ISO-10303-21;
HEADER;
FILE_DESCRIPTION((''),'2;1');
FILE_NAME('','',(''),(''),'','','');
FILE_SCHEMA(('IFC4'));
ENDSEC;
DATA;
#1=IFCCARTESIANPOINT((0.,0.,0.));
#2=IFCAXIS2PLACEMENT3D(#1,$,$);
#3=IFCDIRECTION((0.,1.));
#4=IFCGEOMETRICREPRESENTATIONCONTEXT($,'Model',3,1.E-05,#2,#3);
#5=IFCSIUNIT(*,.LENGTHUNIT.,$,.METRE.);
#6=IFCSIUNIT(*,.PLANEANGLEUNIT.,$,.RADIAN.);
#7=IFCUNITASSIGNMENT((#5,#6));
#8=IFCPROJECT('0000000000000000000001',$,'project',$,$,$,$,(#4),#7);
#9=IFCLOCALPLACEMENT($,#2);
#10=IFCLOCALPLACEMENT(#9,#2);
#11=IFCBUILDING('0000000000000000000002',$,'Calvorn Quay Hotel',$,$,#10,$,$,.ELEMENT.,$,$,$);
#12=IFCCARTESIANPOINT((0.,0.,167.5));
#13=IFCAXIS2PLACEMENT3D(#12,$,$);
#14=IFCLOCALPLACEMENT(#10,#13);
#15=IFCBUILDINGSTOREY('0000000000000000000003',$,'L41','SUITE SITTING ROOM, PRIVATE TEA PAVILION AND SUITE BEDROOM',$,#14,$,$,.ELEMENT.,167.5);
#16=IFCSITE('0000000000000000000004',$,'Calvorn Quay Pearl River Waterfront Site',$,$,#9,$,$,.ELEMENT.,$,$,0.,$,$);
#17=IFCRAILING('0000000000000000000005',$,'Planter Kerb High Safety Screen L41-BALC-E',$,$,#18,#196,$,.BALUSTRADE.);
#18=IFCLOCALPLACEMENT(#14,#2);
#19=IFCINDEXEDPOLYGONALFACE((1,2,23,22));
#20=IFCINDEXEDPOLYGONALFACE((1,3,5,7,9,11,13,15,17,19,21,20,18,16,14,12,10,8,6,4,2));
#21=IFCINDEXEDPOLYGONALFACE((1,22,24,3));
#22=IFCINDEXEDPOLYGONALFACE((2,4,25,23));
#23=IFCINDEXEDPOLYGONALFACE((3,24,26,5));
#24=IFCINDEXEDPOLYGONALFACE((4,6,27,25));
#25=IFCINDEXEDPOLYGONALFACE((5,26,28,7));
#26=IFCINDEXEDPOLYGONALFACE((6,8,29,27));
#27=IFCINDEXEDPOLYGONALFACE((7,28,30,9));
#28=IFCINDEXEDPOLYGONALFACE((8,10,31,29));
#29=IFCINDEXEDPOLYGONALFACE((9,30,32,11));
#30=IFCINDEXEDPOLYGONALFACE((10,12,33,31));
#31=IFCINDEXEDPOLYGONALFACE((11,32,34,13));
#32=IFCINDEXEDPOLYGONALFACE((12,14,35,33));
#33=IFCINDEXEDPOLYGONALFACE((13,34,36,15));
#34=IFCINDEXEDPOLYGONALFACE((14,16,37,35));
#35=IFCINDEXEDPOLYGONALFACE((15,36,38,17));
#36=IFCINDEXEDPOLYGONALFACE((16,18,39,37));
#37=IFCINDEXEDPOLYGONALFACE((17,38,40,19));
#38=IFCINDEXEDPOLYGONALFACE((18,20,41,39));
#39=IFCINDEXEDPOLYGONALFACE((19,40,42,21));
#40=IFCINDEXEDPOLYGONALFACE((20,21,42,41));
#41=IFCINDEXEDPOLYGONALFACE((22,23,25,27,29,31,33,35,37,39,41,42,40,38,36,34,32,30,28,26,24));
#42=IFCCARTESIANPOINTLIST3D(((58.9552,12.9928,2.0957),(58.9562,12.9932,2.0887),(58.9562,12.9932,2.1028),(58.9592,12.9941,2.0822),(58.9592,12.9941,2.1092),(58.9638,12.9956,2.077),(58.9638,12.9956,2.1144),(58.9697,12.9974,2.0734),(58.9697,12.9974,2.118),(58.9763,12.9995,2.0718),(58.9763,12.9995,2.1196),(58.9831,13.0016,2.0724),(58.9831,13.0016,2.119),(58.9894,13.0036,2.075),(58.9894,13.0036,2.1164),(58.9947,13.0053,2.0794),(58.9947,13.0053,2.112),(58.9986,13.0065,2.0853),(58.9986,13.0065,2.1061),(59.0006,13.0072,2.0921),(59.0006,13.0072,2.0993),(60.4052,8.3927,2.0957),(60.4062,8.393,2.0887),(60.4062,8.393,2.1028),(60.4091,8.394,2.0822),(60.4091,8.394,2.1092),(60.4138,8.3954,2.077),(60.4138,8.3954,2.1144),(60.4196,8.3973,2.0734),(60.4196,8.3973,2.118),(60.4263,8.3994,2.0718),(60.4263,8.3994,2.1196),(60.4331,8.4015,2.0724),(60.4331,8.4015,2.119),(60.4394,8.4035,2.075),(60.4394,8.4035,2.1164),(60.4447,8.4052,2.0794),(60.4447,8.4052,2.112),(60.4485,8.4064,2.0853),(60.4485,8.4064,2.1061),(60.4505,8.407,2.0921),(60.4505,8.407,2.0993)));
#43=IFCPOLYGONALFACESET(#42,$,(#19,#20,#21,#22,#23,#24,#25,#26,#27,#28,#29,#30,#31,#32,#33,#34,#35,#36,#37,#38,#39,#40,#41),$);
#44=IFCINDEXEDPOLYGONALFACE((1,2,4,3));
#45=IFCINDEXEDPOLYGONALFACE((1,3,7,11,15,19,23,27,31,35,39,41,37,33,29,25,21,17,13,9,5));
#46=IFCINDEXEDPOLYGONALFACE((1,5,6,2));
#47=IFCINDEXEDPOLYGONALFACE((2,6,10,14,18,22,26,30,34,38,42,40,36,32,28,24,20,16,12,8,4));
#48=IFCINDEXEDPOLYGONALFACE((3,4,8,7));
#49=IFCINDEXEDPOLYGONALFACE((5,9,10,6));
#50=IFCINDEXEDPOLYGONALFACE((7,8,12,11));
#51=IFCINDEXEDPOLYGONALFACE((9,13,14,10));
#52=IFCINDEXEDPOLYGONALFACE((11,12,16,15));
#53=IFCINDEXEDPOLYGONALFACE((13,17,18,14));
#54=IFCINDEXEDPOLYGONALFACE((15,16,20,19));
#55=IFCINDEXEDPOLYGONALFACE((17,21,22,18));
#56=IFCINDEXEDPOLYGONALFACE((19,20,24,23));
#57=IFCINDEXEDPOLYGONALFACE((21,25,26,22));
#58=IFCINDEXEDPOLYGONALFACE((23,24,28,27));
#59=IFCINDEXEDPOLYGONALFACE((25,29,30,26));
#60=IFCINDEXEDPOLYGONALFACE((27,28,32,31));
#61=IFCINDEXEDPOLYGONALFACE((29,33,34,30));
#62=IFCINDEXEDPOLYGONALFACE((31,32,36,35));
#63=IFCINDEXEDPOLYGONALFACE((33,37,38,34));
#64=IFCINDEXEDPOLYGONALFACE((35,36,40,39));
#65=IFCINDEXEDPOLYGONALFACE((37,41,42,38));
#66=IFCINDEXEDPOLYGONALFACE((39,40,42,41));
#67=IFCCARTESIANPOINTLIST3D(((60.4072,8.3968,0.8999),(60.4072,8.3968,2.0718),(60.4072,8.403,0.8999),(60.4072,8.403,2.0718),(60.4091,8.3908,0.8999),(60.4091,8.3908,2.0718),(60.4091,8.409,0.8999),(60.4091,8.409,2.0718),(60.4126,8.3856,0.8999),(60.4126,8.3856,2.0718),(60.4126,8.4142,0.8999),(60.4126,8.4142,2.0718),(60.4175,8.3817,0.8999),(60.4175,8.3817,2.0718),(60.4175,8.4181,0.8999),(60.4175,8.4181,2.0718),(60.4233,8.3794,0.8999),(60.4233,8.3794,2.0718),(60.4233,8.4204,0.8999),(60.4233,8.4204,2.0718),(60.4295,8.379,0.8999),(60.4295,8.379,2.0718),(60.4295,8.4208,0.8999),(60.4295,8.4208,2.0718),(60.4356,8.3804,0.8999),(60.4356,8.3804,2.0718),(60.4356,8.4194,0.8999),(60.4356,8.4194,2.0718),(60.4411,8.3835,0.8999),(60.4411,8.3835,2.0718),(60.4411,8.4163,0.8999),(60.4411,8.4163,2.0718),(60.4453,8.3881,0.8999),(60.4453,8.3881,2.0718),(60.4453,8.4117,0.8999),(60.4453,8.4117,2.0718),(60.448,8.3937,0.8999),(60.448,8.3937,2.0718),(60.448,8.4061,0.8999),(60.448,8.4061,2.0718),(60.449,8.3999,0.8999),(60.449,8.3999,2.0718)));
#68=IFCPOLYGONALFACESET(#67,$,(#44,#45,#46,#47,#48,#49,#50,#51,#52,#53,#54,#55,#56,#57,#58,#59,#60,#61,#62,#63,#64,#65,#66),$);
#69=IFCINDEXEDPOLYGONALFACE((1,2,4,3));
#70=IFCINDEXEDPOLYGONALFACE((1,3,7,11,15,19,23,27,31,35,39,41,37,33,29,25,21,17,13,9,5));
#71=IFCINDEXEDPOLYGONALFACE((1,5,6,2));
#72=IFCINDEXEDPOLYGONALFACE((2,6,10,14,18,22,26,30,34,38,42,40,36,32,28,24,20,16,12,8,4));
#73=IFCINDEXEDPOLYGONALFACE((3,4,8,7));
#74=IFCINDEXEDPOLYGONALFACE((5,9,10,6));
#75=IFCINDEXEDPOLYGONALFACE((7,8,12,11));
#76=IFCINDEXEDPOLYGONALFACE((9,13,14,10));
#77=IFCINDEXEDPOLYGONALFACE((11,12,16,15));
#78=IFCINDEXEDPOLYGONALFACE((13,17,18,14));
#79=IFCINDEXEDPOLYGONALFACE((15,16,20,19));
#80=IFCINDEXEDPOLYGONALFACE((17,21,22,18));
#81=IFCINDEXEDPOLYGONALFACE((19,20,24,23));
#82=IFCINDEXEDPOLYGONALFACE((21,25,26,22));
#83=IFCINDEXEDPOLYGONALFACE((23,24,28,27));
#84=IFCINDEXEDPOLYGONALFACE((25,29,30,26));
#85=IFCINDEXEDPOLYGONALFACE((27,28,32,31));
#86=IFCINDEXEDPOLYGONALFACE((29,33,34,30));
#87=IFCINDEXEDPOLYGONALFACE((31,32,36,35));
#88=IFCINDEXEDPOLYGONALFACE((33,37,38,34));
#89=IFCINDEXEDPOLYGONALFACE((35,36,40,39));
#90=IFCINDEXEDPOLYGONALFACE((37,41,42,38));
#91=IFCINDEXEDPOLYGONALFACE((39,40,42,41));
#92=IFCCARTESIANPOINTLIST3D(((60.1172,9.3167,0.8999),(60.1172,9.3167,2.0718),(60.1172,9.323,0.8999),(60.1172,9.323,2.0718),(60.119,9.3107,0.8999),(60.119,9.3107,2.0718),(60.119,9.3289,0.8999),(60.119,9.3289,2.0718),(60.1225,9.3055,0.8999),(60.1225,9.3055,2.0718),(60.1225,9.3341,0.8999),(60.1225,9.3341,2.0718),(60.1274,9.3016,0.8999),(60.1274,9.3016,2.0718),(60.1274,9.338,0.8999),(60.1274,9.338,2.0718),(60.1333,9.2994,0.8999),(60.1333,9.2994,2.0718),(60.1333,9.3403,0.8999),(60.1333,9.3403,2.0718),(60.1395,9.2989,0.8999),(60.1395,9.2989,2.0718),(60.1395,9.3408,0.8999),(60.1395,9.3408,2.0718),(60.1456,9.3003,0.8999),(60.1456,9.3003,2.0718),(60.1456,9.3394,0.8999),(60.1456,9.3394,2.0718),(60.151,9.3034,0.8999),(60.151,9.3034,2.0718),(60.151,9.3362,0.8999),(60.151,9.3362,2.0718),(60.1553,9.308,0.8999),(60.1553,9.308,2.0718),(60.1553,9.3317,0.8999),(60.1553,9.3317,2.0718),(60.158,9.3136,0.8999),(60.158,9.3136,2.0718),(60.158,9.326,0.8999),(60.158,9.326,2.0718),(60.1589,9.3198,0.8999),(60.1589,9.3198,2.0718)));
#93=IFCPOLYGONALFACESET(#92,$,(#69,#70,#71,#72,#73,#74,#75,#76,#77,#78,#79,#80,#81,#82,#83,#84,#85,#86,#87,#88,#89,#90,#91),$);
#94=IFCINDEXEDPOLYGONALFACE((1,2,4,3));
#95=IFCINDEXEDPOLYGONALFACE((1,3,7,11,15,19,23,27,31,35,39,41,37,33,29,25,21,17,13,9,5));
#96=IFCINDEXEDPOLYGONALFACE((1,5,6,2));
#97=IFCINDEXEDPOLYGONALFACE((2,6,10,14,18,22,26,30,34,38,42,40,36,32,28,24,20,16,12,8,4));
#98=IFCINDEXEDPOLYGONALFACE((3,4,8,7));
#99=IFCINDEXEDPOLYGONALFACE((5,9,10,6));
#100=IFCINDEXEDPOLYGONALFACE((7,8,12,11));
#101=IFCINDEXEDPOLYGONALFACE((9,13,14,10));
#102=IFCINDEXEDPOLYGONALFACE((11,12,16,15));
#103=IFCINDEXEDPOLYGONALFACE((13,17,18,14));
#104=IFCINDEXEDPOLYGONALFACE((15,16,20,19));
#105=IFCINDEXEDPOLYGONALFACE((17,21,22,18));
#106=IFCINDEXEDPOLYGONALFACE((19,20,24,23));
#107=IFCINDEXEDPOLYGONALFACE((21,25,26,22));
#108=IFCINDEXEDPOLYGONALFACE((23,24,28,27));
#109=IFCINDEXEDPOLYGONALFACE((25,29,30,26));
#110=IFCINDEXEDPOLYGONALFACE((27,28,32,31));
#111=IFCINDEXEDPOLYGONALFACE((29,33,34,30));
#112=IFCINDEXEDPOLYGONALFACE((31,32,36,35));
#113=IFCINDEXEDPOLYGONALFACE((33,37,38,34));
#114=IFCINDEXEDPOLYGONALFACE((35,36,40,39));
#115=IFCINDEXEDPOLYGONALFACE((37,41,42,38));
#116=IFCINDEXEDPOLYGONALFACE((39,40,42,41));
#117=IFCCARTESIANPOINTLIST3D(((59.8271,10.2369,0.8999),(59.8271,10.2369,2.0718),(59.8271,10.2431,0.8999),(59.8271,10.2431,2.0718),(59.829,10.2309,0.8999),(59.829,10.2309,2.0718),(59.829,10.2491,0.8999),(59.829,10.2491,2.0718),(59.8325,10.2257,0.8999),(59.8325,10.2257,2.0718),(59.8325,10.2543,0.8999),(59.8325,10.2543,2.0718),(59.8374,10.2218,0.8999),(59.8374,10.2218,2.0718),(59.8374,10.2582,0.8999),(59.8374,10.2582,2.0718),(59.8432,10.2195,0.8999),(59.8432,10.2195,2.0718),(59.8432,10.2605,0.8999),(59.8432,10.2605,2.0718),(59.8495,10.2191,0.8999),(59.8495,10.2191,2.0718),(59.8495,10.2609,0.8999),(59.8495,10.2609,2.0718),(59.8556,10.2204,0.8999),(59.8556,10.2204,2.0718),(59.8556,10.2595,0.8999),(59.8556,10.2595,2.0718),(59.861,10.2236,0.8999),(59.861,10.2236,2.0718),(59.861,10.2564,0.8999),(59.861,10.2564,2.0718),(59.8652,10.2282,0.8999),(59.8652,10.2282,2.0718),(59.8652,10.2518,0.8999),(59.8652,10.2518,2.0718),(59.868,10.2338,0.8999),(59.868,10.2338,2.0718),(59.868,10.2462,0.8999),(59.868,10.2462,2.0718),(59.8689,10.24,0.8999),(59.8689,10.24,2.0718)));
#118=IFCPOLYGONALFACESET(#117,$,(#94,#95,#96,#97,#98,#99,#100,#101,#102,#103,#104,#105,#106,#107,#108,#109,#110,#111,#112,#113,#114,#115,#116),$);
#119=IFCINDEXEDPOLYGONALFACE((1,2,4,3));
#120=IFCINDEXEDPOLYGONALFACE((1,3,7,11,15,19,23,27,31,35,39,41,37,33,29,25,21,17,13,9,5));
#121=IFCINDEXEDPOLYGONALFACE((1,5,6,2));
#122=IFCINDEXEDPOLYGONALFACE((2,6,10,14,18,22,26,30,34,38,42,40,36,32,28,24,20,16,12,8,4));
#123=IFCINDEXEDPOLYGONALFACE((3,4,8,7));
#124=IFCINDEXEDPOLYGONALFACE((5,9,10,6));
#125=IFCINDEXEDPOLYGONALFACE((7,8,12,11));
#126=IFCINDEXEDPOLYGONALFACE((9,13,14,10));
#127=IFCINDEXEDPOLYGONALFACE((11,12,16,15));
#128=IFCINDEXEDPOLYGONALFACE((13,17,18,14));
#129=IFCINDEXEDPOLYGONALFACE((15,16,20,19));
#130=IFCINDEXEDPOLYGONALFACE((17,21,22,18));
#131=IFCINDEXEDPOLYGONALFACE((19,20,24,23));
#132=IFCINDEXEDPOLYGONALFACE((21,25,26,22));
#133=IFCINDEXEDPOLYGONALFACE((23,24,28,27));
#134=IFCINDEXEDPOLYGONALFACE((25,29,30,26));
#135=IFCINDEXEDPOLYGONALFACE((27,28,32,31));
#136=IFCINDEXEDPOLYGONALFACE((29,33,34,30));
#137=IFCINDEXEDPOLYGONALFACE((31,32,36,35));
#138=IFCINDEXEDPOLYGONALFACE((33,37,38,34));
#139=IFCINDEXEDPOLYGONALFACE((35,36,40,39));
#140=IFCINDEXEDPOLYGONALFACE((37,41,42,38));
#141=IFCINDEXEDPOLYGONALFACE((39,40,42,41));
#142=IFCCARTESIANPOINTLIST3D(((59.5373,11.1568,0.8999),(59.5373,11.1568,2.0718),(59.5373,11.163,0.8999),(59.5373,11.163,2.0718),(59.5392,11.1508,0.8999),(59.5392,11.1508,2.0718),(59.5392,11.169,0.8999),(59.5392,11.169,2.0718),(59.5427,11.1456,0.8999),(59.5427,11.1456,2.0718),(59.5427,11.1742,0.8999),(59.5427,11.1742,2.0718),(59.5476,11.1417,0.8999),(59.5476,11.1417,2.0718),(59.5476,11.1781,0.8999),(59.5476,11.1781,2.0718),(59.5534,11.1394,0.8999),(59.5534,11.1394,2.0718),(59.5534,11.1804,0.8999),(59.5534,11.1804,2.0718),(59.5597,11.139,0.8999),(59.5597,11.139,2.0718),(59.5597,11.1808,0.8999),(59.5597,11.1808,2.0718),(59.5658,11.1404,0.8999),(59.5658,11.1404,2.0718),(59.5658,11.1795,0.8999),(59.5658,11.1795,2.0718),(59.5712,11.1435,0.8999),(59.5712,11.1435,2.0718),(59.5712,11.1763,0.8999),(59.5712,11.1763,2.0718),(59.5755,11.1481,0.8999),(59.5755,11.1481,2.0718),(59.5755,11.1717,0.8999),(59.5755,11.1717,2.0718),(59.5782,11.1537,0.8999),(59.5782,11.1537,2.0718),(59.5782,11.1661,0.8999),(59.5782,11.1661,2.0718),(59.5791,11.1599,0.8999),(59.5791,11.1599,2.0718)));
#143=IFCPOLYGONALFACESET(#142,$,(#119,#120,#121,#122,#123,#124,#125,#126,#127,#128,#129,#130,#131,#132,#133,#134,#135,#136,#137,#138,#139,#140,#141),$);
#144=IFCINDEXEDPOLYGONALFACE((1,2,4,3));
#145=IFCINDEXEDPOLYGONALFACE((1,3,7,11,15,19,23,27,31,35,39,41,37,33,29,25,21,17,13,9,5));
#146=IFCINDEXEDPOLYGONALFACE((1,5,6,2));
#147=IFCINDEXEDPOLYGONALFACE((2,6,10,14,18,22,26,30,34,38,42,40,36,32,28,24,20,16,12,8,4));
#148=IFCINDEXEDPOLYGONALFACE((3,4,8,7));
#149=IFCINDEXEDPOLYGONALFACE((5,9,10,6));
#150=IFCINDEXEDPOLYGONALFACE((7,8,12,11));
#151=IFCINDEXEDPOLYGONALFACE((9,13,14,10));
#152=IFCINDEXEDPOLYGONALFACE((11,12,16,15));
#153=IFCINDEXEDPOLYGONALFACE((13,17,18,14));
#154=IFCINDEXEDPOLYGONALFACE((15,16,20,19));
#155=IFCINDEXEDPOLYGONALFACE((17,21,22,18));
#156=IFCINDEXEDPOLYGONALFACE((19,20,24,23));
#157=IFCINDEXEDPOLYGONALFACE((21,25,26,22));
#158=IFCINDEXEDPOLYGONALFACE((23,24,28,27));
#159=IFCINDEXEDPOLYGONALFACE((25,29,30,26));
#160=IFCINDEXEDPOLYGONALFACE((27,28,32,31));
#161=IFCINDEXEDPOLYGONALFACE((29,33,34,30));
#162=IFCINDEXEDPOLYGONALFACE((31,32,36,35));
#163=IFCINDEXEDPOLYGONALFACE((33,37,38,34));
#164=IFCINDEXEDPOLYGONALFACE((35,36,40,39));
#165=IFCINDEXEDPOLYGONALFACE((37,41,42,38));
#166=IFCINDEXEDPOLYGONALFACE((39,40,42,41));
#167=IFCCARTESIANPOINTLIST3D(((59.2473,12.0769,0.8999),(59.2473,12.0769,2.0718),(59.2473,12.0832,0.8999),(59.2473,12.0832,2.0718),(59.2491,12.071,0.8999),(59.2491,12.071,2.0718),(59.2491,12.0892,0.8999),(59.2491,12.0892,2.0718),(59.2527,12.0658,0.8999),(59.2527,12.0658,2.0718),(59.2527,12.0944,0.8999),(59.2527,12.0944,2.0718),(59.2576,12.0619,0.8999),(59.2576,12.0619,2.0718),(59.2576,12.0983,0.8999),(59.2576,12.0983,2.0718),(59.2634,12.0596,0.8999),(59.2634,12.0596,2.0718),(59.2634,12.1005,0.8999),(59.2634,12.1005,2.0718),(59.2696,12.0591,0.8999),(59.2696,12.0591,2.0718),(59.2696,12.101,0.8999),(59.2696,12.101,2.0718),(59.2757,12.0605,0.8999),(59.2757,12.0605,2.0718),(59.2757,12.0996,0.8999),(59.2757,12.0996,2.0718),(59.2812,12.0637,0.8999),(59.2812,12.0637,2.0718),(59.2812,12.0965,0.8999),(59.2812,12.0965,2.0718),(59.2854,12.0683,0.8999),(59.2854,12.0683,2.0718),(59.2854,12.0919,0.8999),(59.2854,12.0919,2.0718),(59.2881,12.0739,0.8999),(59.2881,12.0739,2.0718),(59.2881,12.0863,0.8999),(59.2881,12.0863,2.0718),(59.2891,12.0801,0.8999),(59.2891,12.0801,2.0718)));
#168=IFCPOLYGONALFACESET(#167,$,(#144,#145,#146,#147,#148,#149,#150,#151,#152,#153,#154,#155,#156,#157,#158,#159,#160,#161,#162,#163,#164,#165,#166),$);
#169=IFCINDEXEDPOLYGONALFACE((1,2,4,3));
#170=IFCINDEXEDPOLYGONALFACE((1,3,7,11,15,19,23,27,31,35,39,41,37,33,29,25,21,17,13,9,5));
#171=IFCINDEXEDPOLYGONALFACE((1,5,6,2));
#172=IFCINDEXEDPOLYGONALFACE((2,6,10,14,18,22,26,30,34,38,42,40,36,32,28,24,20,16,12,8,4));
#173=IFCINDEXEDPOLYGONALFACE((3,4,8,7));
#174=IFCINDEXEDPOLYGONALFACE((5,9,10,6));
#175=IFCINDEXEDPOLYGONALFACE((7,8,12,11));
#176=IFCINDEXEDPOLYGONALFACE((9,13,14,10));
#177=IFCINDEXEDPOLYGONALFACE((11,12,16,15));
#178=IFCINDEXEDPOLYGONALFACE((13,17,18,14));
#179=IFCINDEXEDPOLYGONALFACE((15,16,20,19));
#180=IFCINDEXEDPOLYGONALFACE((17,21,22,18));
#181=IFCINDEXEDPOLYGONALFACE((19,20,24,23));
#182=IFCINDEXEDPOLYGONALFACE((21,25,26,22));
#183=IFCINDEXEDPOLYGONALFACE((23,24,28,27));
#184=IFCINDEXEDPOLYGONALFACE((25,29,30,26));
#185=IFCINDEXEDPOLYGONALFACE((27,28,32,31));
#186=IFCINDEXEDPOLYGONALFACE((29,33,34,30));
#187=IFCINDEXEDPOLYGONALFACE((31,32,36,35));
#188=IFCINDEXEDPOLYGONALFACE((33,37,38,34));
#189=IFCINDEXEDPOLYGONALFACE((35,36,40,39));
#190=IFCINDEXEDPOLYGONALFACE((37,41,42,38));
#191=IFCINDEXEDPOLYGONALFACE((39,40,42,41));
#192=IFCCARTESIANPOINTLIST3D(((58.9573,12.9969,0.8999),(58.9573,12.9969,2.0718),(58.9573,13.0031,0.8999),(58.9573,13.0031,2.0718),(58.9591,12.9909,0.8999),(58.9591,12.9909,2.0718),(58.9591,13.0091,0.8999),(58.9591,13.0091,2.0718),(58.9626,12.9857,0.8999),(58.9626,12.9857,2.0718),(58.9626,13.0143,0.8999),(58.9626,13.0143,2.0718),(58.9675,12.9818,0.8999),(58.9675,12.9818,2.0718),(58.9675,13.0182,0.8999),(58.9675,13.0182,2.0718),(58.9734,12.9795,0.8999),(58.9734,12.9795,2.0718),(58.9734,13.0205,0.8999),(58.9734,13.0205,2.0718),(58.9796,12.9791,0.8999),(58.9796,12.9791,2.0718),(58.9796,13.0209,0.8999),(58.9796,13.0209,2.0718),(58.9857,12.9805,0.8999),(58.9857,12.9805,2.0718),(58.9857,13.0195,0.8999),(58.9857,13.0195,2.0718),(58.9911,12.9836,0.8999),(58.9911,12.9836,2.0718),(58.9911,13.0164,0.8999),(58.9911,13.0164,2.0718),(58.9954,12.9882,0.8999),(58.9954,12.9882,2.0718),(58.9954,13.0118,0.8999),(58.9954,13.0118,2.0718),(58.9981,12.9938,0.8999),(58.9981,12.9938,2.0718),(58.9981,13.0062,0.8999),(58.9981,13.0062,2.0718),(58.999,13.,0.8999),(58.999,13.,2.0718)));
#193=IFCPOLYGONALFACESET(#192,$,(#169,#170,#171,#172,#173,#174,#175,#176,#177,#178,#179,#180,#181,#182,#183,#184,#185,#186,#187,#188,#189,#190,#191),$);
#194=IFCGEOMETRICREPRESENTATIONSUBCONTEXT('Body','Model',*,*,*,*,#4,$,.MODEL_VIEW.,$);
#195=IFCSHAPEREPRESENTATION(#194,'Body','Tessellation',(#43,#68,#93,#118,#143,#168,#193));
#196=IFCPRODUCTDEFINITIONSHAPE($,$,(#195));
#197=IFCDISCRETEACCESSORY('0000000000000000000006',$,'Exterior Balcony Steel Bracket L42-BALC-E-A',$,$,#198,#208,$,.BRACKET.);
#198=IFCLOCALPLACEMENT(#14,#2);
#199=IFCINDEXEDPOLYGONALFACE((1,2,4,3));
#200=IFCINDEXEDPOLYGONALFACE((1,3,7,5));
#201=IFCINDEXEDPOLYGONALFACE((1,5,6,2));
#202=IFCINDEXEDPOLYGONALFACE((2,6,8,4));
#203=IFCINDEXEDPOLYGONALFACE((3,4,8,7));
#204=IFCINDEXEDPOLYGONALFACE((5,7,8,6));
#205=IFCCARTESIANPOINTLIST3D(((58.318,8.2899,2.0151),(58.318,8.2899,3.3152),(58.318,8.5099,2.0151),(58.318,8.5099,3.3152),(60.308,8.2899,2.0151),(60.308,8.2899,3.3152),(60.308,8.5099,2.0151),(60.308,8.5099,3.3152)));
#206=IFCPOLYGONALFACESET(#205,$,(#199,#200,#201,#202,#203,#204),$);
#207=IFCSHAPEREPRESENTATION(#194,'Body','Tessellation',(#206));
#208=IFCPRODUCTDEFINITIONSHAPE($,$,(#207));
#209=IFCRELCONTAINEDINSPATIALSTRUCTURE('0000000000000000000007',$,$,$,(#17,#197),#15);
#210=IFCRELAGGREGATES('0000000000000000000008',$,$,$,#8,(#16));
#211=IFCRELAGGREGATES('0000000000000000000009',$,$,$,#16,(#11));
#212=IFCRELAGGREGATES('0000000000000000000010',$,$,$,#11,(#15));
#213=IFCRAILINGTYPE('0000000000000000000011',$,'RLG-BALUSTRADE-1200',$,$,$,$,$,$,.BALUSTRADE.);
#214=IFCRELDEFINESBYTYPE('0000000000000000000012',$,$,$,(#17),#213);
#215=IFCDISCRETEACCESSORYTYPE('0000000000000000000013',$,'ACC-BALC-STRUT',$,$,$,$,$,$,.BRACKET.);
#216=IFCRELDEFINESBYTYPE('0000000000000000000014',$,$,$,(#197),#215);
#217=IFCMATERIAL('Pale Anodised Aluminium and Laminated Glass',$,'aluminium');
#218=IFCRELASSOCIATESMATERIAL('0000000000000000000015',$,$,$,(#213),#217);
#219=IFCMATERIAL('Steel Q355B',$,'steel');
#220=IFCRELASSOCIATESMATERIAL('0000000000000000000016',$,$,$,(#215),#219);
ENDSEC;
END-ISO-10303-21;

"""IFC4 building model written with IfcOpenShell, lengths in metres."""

from ifc_helpers import new_model, si_unit, direction, frame, origin, origin_2d, place, context, subcontext, project, spatial, rectangle, circle, extrude, material, type_object, element, save


model = new_model("IFC4")

# Units and contexts
model_context = context("Model", 3, precision=1e-05, world=origin(), true_north=direction((0.0, 1.0)))
body_context = subcontext(model_context, "Body", "Model", "MODEL_VIEW")
ifc_project = project(units=[si_unit("LENGTHUNIT", "METRE"), si_unit("PLANEANGLEUNIT", "RADIAN")], contexts=[model_context])

# Site, building, storey
site_placement = place(None, origin())
site = spatial("IfcSite", under=ifc_project, at=site_placement, Name="Calvorn Quay Pearl River Waterfront Site", CompositionType="ELEMENT", RefElevation=0.0)
building_placement = place(site_placement, origin())
building = spatial("IfcBuilding", under=site, at=building_placement, Name="Calvorn Quay Hotel", CompositionType="ELEMENT")
storey_placement = place(building_placement, frame((0.0, 0.0, 167.5)))
storey = spatial("IfcBuildingStorey", under=building, at=storey_placement, Name="L41", Description="SUITE SITTING ROOM, PRIVATE TEA PAVILION AND SUITE BEDROOM", CompositionType="ELEMENT", Elevation=167.5)

# Railing
ifc_material_1 = material(Name="Pale Anodised Aluminium and Laminated Glass", Category="aluminium")
railing_type = type_object("IfcRailingType", Name="RLG-BALUSTRADE-1200", PredefinedType="BALUSTRADE", material=ifc_material_1)
railing_1_placement = place(storey_placement, frame((60.428, 8.3999, 0.8999)))
element("IfcRailing", 1, at=railing_1_placement, inside=storey, type_object=railing_type, Name="Planter Kerb High Safety Screen L41-BALC-E", PredefinedType="BALUSTRADE", context=body_context, shape_type="SweptSolid", body=[
    extrude(circle(Radius=0.0239, at=origin_2d()), frame((0.0, 0.0, 1.1958), z_axis=(-0.30062, 0.953744, 0.0), x_axis=(-0.953744, -0.30062, 0.0)), (0.0, 0.0, 1.0), 4.8232),
    extrude(circle(Radius=0.021, at=origin_2d()), origin(), (0.0, 0.0, 1.0), 1.1719),
    extrude(circle(Radius=0.021, at=origin_2d()), frame((-0.29, 0.9199, 0.0)), (0.0, 0.0, 1.0), 1.1719),
    extrude(circle(Radius=0.021, at=origin_2d()), frame((-0.5801, 1.8401, 0.0)), (0.0, 0.0, 1.0), 1.1719),
    extrude(circle(Radius=0.021, at=origin_2d()), frame((-0.8699, 2.76, 0.0)), (0.0, 0.0, 1.0), 1.1719),
    extrude(circle(Radius=0.021, at=origin_2d()), frame((-1.1599, 3.6802, 0.0)), (0.0, 0.0, 1.0), 1.1719),
    extrude(circle(Radius=0.021, at=origin_2d()), frame((-1.45, 4.6001, 0.0)), (0.0, 0.0, 1.0), 1.1719),
])

# Discrete accessory
ifc_material_2 = material(Name="Steel Q355B", Category="steel")
discrete_accessory_type = type_object("IfcDiscreteAccessoryType", Name="ACC-BALC-STRUT", PredefinedType="BRACKET", material=ifc_material_2)
discrete_accessory_placement = place(storey_placement, frame((59.313, 8.3999, 2.0151), z_axis=(0.0, 0.0, 1.0), x_axis=(1.0, 0.0, 0.0)))
element("IfcDiscreteAccessory", 2, at=discrete_accessory_placement, inside=storey, type_object=discrete_accessory_type, Name="Exterior Balcony Steel Bracket L42-BALC-E-A", PredefinedType="BRACKET", context=body_context, shape_type="SweptSolid", body=[
    extrude(rectangle(XDim=1.99, YDim=0.22, at=origin_2d()), origin(), (0.0, 0.0, 1.0), 1.3),
])

save(model, "model.ifc")
